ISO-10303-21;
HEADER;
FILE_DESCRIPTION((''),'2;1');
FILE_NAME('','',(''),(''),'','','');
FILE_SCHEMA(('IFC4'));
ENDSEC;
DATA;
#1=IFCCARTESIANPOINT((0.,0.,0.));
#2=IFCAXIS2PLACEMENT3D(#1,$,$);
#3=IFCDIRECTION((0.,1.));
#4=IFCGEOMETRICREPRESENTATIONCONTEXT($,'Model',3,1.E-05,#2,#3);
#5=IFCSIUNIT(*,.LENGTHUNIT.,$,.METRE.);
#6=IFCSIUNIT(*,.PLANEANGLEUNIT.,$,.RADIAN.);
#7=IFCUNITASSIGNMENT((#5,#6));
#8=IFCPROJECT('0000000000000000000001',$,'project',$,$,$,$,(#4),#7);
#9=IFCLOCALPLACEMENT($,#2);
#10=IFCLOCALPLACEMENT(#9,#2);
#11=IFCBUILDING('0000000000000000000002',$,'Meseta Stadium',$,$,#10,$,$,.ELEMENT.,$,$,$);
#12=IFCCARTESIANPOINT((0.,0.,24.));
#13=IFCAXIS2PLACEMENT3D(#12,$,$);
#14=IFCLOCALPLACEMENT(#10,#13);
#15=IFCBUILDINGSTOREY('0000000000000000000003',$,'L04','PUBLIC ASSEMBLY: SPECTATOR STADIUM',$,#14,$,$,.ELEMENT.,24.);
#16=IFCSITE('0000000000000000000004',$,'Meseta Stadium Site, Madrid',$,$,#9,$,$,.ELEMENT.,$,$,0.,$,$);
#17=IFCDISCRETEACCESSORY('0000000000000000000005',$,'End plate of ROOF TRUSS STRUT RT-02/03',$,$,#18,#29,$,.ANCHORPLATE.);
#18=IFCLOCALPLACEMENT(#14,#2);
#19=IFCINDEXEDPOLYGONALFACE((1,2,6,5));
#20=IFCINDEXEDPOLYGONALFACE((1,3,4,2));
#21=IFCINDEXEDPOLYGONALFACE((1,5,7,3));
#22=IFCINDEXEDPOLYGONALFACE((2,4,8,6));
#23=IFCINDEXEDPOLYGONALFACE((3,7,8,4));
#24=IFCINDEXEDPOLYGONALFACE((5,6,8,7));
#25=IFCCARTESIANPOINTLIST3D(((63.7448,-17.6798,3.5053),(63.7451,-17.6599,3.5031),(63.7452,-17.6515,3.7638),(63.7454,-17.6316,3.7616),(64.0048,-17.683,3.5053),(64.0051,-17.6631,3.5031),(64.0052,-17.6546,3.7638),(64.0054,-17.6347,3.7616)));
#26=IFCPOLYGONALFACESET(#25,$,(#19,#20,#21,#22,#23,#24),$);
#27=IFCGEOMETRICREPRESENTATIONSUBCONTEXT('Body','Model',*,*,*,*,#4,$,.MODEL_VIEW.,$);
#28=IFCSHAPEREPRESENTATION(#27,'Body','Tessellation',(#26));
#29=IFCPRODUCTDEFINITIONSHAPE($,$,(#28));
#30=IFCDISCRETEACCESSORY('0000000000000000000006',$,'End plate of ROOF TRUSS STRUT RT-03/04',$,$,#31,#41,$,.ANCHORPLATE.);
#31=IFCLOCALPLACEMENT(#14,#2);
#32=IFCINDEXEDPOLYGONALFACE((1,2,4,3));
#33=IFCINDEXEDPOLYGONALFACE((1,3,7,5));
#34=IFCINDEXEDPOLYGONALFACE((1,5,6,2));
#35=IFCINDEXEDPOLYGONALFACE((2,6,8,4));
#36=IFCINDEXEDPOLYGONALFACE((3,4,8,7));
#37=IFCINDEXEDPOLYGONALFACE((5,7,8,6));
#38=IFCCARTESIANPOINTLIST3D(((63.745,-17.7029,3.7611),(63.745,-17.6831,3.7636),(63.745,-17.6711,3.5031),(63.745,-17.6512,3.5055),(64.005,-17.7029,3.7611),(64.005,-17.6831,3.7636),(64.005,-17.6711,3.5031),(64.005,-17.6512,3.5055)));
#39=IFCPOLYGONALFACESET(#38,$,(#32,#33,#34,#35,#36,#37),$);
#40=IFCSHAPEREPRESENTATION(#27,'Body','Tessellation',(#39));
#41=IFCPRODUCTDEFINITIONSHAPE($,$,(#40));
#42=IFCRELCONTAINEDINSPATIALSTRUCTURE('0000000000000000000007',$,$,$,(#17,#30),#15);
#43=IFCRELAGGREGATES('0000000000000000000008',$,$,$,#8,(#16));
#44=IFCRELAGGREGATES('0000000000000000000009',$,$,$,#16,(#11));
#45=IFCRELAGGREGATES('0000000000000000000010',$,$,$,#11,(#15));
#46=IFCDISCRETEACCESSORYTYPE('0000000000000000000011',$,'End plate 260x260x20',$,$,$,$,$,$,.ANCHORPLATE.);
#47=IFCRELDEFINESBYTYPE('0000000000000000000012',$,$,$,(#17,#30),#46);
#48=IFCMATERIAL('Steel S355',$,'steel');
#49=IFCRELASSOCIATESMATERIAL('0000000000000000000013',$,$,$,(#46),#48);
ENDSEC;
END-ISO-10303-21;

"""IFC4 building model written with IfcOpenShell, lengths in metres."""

from ifc_helpers import new_model, si_unit, direction, frame, origin, origin_2d, place, context, subcontext, project, spatial, rectangle, extrude, material, material_profile, profile_set, type_object, element, save


model = new_model("IFC4")

# Units and contexts
model_context = context("Model", 3, precision=1e-05, world=origin(), true_north=direction((0.0, 1.0)))
body_context = subcontext(model_context, "Body", "Model", "MODEL_VIEW")
ifc_project = project(units=[si_unit("LENGTHUNIT", "METRE"), si_unit("PLANEANGLEUNIT", "RADIAN")], contexts=[model_context])

# Site, building, storey
site_placement = place(None, origin())
site = spatial("IfcSite", under=ifc_project, at=site_placement, Name="Meseta Stadium Site, Madrid", CompositionType="ELEMENT", RefElevation=0.0)
building_placement = place(site_placement, origin())
building = spatial("IfcBuilding", under=site, at=building_placement, Name="Meseta Stadium", CompositionType="ELEMENT")
storey_placement = place(building_placement, frame((0.0, 0.0, 24.0)))
storey = spatial("IfcBuildingStorey", under=building, at=storey_placement, Name="L04", Description="PUBLIC ASSEMBLY: SPECTATOR STADIUM", CompositionType="ELEMENT", Elevation=24.0)

# Discrete accessories
ifc_material_1 = material(Name="Steel S355", Category="steel")
ifc_material_profile_1 = material_profile(ifc_material_1, rectangle(XDim=0.26, YDim=0.26, at=origin_2d()), Name="PL 260x260")
ifc_profile_set_1 = profile_set([ifc_material_profile_1], Name="Steel S355")
discrete_accessory_type_1 = type_object("IfcDiscreteAccessoryType", Name="End plate 260x260x20", PredefinedType="ANCHORPLATE", material=ifc_profile_set_1)
for number, where, z_axis, x_axis, name in (
    (1, (63.875, -17.6672, 3.6345), (0.012121, 0.993958, -0.109093), (-0.999926, 0.012194, 0.0), "End plate of ROOF TRUSS STRUT RT-02/03"),
    (2, (63.875, -17.687, 3.6321), (0.0, 0.992465, 0.122527), (-1.0, 0.0, 0.0), "End plate of ROOF TRUSS STRUT RT-03/04"),
):
    element("IfcDiscreteAccessory", number, at=place(storey_placement, frame(where, z_axis=z_axis, x_axis=x_axis)), inside=storey, type_object=discrete_accessory_type_1, Name=name, PredefinedType="ANCHORPLATE", context=body_context, shape_type="SweptSolid", body=[
        extrude(rectangle(XDim=0.26, YDim=0.26, at=origin_2d()), origin(), (0.0, 0.0, 1.0), 0.02),
    ])

save(model, "model.ifc")
